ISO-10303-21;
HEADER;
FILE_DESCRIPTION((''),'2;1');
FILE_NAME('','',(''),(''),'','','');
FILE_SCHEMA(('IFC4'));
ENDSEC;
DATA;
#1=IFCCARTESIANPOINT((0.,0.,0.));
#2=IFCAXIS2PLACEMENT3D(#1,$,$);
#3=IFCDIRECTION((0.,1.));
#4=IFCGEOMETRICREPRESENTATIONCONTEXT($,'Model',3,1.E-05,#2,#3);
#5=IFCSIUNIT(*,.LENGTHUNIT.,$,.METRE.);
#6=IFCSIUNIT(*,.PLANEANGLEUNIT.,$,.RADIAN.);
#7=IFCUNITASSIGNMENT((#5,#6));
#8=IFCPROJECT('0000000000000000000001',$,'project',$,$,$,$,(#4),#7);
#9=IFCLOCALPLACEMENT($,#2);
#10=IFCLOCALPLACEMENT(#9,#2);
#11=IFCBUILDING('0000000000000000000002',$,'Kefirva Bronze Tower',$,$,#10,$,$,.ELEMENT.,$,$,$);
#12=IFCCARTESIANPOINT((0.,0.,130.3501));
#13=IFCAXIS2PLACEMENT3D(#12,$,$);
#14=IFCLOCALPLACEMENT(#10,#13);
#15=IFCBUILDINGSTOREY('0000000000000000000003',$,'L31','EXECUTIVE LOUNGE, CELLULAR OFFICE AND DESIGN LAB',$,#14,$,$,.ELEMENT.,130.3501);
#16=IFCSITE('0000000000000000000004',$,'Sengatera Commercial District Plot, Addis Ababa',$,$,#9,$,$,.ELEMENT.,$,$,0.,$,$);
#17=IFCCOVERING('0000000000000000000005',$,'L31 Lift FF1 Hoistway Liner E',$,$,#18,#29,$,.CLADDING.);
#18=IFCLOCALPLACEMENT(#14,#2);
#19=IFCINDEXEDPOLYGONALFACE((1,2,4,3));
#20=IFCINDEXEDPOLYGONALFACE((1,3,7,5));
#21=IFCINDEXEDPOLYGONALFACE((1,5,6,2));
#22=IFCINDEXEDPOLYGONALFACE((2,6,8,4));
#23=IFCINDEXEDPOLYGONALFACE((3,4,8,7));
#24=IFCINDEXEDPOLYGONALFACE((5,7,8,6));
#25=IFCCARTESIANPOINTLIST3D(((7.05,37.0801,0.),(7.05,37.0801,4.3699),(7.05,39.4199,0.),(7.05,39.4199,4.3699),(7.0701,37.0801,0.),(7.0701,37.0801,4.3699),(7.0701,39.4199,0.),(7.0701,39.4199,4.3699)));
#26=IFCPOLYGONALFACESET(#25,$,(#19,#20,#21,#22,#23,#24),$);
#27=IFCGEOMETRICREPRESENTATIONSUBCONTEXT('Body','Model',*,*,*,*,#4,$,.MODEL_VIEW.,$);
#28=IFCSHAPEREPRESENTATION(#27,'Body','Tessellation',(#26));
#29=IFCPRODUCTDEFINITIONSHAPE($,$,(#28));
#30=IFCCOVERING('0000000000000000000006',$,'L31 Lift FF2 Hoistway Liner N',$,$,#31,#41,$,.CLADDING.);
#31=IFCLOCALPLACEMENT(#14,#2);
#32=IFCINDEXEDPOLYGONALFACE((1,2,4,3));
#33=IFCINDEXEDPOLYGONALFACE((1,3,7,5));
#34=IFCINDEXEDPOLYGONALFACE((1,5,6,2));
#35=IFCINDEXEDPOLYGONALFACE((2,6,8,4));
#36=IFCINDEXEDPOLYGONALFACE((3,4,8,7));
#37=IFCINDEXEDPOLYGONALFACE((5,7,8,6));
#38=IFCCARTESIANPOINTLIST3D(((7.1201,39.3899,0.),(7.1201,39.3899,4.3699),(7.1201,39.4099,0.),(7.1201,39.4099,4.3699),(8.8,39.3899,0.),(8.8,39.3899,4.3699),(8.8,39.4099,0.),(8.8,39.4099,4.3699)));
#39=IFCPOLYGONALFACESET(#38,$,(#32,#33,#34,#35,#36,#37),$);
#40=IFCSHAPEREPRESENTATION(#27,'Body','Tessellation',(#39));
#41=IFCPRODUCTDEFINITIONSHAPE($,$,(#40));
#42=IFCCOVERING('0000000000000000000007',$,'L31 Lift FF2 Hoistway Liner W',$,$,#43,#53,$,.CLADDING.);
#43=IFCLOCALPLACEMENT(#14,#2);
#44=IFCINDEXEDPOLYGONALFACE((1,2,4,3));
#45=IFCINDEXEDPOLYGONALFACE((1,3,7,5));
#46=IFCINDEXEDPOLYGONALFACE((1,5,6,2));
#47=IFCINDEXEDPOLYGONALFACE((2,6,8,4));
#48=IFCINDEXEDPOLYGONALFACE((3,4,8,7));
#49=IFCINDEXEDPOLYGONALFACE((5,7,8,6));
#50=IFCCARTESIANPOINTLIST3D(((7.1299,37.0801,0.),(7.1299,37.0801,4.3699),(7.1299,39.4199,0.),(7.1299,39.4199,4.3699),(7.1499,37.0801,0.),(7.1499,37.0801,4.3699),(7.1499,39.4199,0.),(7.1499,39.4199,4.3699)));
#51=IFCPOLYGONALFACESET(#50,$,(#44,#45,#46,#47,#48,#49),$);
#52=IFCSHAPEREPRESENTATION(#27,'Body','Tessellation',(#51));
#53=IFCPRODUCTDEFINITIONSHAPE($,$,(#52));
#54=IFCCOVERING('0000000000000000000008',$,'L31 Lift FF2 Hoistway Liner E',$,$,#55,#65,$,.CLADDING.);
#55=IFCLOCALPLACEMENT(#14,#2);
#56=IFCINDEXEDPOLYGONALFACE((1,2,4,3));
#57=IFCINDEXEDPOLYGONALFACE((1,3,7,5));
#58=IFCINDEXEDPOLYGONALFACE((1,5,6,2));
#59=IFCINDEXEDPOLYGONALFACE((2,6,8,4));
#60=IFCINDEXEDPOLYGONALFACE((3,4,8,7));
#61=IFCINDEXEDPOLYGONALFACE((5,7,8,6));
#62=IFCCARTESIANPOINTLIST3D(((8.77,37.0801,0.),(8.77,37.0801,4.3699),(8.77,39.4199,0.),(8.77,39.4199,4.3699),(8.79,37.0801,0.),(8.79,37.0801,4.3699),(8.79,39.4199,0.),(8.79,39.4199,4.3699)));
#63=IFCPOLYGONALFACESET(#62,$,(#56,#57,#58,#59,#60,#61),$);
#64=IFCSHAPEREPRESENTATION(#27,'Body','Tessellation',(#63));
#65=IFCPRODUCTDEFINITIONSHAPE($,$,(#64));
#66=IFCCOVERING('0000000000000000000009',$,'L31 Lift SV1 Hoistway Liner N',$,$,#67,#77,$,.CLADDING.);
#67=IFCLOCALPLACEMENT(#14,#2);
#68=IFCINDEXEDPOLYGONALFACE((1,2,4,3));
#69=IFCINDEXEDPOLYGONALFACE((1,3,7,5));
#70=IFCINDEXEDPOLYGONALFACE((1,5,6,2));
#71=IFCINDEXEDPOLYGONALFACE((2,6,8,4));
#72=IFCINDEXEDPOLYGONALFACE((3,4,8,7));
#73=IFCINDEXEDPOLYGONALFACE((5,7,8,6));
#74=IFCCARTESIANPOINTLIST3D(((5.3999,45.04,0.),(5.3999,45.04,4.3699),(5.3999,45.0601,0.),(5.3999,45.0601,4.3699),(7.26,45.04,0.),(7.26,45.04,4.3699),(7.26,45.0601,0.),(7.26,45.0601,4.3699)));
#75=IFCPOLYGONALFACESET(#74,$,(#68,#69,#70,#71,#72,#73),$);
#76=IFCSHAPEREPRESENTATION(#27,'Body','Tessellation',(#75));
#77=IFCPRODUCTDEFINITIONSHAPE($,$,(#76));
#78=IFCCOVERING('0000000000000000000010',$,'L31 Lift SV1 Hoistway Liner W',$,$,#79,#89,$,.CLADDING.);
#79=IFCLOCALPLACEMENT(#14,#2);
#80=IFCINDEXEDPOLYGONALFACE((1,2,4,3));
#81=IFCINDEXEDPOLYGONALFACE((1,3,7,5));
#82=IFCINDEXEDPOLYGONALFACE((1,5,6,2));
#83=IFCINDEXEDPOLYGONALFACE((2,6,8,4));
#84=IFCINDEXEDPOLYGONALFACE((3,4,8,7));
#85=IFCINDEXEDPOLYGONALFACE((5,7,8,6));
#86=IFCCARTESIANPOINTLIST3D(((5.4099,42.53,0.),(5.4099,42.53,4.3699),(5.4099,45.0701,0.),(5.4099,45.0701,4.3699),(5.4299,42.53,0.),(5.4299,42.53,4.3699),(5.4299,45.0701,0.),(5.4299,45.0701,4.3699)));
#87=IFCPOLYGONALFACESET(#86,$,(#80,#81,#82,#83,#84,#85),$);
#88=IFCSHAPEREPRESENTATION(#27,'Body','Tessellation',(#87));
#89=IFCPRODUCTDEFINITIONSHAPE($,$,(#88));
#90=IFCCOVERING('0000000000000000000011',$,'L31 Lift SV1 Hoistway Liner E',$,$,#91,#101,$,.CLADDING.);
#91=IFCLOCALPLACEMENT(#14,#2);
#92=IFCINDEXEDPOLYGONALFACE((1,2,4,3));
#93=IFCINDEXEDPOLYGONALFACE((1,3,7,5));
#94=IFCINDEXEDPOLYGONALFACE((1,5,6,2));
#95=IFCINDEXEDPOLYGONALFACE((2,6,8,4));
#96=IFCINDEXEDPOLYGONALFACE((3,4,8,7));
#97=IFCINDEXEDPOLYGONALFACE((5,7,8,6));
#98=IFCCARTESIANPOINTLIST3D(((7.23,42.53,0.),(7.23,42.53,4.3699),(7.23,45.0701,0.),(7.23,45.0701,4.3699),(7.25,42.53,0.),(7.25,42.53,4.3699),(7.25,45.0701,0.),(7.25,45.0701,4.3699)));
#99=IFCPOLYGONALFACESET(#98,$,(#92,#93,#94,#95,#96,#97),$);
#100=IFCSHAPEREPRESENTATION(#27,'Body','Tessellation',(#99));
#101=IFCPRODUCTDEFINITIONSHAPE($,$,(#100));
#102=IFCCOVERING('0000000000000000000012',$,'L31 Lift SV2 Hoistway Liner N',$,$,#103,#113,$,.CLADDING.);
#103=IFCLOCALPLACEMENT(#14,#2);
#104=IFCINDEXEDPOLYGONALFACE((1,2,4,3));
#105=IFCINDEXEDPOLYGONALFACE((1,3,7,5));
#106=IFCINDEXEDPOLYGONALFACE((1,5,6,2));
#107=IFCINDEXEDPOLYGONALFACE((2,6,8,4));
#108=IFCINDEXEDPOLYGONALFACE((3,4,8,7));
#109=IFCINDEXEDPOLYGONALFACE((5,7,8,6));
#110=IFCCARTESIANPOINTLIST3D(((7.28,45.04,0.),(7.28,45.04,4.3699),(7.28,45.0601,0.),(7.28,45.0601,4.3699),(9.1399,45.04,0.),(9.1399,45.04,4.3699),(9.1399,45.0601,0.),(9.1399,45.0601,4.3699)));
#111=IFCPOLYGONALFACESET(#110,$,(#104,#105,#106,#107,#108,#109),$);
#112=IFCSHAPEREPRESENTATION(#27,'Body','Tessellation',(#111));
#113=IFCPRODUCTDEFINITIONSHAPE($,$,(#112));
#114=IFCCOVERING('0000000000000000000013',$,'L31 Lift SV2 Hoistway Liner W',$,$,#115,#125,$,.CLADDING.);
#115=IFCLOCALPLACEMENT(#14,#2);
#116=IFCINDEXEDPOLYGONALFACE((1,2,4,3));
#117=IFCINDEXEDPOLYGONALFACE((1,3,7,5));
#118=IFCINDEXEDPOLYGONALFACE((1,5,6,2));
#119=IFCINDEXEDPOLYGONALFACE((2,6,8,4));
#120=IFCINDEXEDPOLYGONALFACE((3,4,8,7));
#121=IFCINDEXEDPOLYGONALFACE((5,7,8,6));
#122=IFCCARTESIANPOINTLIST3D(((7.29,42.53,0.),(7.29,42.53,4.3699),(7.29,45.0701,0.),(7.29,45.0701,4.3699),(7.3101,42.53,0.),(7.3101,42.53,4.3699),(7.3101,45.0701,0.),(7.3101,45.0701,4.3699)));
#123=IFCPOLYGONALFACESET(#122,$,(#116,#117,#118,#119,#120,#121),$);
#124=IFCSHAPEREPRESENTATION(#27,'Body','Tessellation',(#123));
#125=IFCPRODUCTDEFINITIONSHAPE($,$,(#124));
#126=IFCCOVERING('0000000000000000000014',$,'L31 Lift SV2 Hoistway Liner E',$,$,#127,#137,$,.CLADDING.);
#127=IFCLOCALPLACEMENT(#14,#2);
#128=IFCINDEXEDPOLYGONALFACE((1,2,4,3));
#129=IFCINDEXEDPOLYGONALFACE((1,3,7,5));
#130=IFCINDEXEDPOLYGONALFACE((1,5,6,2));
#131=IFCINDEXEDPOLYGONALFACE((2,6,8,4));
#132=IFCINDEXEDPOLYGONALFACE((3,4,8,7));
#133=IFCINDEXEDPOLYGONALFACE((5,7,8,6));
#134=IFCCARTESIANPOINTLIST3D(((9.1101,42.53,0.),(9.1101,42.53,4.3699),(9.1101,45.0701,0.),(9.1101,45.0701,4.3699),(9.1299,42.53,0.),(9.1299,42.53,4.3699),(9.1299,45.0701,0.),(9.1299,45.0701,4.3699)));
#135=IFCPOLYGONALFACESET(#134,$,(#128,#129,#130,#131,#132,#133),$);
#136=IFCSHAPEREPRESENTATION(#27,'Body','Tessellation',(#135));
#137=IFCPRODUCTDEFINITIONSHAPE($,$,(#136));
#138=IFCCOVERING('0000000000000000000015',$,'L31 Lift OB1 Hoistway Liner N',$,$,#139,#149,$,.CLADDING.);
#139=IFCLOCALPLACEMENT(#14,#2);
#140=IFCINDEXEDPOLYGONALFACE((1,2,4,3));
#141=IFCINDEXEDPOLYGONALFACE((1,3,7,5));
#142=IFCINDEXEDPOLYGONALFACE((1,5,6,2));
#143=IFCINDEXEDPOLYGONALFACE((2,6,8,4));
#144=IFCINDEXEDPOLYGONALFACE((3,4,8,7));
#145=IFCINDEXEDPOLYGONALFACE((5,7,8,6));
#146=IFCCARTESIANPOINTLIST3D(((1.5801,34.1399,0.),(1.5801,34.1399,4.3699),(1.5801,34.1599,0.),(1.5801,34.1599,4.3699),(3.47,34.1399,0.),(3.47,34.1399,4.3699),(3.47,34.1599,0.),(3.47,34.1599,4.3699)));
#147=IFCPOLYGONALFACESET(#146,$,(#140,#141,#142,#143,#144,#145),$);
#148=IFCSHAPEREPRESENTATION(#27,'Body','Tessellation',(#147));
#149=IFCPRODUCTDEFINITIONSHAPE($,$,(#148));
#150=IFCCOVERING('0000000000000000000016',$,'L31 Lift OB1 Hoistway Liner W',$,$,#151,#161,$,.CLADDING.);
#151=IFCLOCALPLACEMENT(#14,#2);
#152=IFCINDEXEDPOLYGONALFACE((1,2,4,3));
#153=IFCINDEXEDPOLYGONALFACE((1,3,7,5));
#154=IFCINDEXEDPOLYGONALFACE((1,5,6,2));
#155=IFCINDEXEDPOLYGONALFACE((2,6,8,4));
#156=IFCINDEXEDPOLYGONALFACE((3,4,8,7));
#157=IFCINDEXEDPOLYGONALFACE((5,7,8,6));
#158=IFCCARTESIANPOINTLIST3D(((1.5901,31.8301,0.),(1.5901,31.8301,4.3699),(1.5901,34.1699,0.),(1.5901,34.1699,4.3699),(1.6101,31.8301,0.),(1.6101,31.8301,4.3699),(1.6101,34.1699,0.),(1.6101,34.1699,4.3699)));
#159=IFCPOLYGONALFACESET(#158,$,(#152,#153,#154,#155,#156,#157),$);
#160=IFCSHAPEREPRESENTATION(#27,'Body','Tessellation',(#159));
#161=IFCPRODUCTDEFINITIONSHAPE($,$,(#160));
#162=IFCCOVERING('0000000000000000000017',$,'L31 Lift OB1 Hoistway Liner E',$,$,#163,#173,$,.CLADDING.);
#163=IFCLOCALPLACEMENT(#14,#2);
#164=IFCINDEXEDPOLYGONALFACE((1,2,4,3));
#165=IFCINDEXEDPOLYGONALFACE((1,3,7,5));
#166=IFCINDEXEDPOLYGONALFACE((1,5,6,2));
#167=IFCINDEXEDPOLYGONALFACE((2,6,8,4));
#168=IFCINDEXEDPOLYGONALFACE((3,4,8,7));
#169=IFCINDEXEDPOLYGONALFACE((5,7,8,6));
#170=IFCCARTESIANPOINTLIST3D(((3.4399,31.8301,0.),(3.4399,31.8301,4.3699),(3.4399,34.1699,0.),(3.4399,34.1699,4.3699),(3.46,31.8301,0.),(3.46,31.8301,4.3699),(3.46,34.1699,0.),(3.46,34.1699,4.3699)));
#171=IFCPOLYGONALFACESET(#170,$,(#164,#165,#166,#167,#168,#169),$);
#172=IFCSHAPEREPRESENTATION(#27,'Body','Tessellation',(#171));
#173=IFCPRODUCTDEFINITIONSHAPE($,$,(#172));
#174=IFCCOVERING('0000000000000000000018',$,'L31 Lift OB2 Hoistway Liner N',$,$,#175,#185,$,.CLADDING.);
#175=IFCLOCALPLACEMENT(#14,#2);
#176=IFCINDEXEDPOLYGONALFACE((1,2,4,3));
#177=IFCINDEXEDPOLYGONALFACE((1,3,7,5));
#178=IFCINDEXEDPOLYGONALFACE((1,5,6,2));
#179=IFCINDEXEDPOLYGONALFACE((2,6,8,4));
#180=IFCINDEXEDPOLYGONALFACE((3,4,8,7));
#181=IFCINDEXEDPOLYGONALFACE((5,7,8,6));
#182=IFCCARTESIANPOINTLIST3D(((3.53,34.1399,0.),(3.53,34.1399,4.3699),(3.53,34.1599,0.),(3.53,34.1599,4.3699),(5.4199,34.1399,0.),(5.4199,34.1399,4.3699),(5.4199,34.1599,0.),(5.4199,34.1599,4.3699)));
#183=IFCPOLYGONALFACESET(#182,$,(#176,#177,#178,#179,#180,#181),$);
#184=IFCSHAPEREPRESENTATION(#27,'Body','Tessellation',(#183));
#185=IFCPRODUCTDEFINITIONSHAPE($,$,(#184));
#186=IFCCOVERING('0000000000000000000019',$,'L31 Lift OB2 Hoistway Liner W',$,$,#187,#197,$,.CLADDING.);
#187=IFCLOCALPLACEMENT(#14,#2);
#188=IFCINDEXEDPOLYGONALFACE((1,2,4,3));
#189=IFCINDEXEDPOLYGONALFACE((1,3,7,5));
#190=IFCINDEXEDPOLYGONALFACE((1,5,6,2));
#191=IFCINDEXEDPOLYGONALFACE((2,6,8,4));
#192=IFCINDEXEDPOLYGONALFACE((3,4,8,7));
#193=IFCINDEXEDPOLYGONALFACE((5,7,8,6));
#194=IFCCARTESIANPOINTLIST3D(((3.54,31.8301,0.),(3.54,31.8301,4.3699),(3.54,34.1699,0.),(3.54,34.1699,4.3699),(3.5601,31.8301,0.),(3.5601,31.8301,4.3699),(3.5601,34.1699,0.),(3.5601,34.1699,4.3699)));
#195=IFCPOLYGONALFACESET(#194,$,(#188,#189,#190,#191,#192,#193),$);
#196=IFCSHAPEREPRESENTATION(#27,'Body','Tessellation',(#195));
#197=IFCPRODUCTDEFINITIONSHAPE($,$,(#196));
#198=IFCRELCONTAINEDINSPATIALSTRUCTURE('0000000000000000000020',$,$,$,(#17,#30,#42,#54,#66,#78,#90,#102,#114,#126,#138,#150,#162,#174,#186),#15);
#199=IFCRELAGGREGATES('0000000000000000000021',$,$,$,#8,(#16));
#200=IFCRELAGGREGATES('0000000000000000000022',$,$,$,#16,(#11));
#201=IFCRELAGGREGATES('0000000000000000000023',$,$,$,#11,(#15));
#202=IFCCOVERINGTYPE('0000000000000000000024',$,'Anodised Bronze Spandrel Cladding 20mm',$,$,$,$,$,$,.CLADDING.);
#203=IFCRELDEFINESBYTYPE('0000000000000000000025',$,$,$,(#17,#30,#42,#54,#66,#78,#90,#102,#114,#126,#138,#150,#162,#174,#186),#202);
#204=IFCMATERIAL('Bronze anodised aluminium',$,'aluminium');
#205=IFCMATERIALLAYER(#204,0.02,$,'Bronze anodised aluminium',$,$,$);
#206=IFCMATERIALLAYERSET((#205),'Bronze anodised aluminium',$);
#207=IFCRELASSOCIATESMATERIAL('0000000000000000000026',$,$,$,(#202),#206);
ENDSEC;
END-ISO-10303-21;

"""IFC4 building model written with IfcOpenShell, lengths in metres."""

from ifc_helpers import new_model, si_unit, direction, frame, origin, place, context, subcontext, project, spatial, polyline, outline, extrude, material, layer, layer_set, type_object, element, save


model = new_model("IFC4")

# Units and contexts
model_context = context("Model", 3, precision=1e-05, world=origin(), true_north=direction((0.0, 1.0)))
body_context = subcontext(model_context, "Body", "Model", "MODEL_VIEW")
ifc_project = project(units=[si_unit("LENGTHUNIT", "METRE"), si_unit("PLANEANGLEUNIT", "RADIAN")], contexts=[model_context])

# Site, building, storey
site_placement = place(None, origin())
site = spatial("IfcSite", under=ifc_project, at=site_placement, Name="Sengatera Commercial District Plot, Addis Ababa", CompositionType="ELEMENT", RefElevation=0.0)
building_placement = place(site_placement, origin())
building = spatial("IfcBuilding", under=site, at=building_placement, Name="Kefirva Bronze Tower", CompositionType="ELEMENT")
storey_placement = place(building_placement, frame((0.0, 0.0, 130.3501)))
storey = spatial("IfcBuildingStorey", under=building, at=storey_placement, Name="L31", Description="EXECUTIVE LOUNGE, CELLULAR OFFICE AND DESIGN LAB", CompositionType="ELEMENT", Elevation=130.3501)

# Coverings
ifc_material_1 = material(Name="Bronze anodised aluminium", Category="aluminium")
ifc_layer_1 = layer(ifc_material_1, 0.02, Name="Bronze anodised aluminium")
ifc_layer_set_1 = layer_set([ifc_layer_1], Name="Bronze anodised aluminium")
covering_type = type_object("IfcCoveringType", Name="Anodised Bronze Spandrel Cladding 20mm", PredefinedType="CLADDING", material=ifc_layer_set_1)
covering_1_placement = place(storey_placement, origin())
element("IfcCovering", 1, at=covering_1_placement, inside=storey, type_object=covering_type, Name="L31 Lift FF1 Hoistway Liner E", PredefinedType="CLADDING", context=body_context, shape_type="SweptSolid", body=[
    extrude(outline(polyline([(7.05, 37.0801), (7.0701, 37.0801), (7.0701, 39.4199), (7.05, 39.4199), (7.05, 37.0801)])), origin(), (0.0, 0.0, 1.0), 4.3699),
])
covering_2_placement = place(storey_placement, origin())
element("IfcCovering", 2, at=covering_2_placement, inside=storey, type_object=covering_type, Name="L31 Lift FF2 Hoistway Liner N", PredefinedType="CLADDING", context=body_context, shape_type="SweptSolid", body=[
    extrude(outline(polyline([(7.1201, 39.3899), (8.8, 39.3899), (8.8, 39.4099), (7.1201, 39.4099), (7.1201, 39.3899)])), origin(), (0.0, 0.0, 1.0), 4.3699),
])
covering_3_placement = place(storey_placement, origin())
element("IfcCovering", 3, at=covering_3_placement, inside=storey, type_object=covering_type, Name="L31 Lift FF2 Hoistway Liner W", PredefinedType="CLADDING", context=body_context, shape_type="SweptSolid", body=[
    extrude(outline(polyline([(7.1299, 37.0801), (7.1499, 37.0801), (7.1499, 39.4199), (7.1299, 39.4199), (7.1299, 37.0801)])), origin(), (0.0, 0.0, 1.0), 4.3699),
])
covering_4_placement = place(storey_placement, origin())
element("IfcCovering", 4, at=covering_4_placement, inside=storey, type_object=covering_type, Name="L31 Lift FF2 Hoistway Liner E", PredefinedType="CLADDING", context=body_context, shape_type="SweptSolid", body=[
    extrude(outline(polyline([(8.77, 37.0801), (8.79, 37.0801), (8.79, 39.4199), (8.77, 39.4199), (8.77, 37.0801)])), origin(), (0.0, 0.0, 1.0), 4.3699),
])
covering_5_placement = place(storey_placement, origin())
element("IfcCovering", 5, at=covering_5_placement, inside=storey, type_object=covering_type, Name="L31 Lift SV1 Hoistway Liner N", PredefinedType="CLADDING", context=body_context, shape_type="SweptSolid", body=[
    extrude(outline(polyline([(5.3999, 45.04), (7.26, 45.04), (7.26, 45.0601), (5.3999, 45.0601), (5.3999, 45.04)])), origin(), (0.0, 0.0, 1.0), 4.3699),
])
covering_6_placement = place(storey_placement, origin())
element("IfcCovering", 6, at=covering_6_placement, inside=storey, type_object=covering_type, Name="L31 Lift SV1 Hoistway Liner W", PredefinedType="CLADDING", context=body_context, shape_type="SweptSolid", body=[
    extrude(outline(polyline([(5.4099, 42.53), (5.4299, 42.53), (5.4299, 45.0701), (5.4099, 45.0701), (5.4099, 42.53)])), origin(), (0.0, 0.0, 1.0), 4.3699),
])
covering_7_placement = place(storey_placement, origin())
element("IfcCovering", 7, at=covering_7_placement, inside=storey, type_object=covering_type, Name="L31 Lift SV1 Hoistway Liner E", PredefinedType="CLADDING", context=body_context, shape_type="SweptSolid", body=[
    extrude(outline(polyline([(7.23, 42.53), (7.25, 42.53), (7.25, 45.0701), (7.23, 45.0701), (7.23, 42.53)])), origin(), (0.0, 0.0, 1.0), 4.3699),
])
covering_8_placement = place(storey_placement, origin())
element("IfcCovering", 8, at=covering_8_placement, inside=storey, type_object=covering_type, Name="L31 Lift SV2 Hoistway Liner N", PredefinedType="CLADDING", context=body_context, shape_type="SweptSolid", body=[
    extrude(outline(polyline([(7.28, 45.04), (9.1399, 45.04), (9.1399, 45.0601), (7.28, 45.0601), (7.28, 45.04)])), origin(), (0.0, 0.0, 1.0), 4.3699),
])
covering_9_placement = place(storey_placement, origin())
element("IfcCovering", 9, at=covering_9_placement, inside=storey, type_object=covering_type, Name="L31 Lift SV2 Hoistway Liner W", PredefinedType="CLADDING", context=body_context, shape_type="SweptSolid", body=[
    extrude(outline(polyline([(7.29, 42.53), (7.3101, 42.53), (7.3101, 45.0701), (7.29, 45.0701), (7.29, 42.53)])), origin(), (0.0, 0.0, 1.0), 4.3699),
])
covering_10_placement = place(storey_placement, origin())
element("IfcCovering", 10, at=covering_10_placement, inside=storey, type_object=covering_type, Name="L31 Lift SV2 Hoistway Liner E", PredefinedType="CLADDING", context=body_context, shape_type="SweptSolid", body=[
    extrude(outline(polyline([(9.1101, 42.53), (9.1299, 42.53), (9.1299, 45.0701), (9.1101, 45.0701), (9.1101, 42.53)])), origin(), (0.0, 0.0, 1.0), 4.3699),
])
covering_11_placement = place(storey_placement, origin())
element("IfcCovering", 11, at=covering_11_placement, inside=storey, type_object=covering_type, Name="L31 Lift OB1 Hoistway Liner N", PredefinedType="CLADDING", context=body_context, shape_type="SweptSolid", body=[
    extrude(outline(polyline([(1.5801, 34.1399), (3.47, 34.1399), (3.47, 34.1599), (1.5801, 34.1599), (1.5801, 34.1399)])), origin(), (0.0, 0.0, 1.0), 4.3699),
])
covering_12_placement = place(storey_placement, origin())
element("IfcCovering", 12, at=covering_12_placement, inside=storey, type_object=covering_type, Name="L31 Lift OB1 Hoistway Liner W", PredefinedType="CLADDING", context=body_context, shape_type="SweptSolid", body=[
    extrude(outline(polyline([(1.5901, 31.8301), (1.6101, 31.8301), (1.6101, 34.1699), (1.5901, 34.1699), (1.5901, 31.8301)])), origin(), (0.0, 0.0, 1.0), 4.3699),
])
covering_13_placement = place(storey_placement, origin())
element("IfcCovering", 13, at=covering_13_placement, inside=storey, type_object=covering_type, Name="L31 Lift OB1 Hoistway Liner E", PredefinedType="CLADDING", context=body_context, shape_type="SweptSolid", body=[
    extrude(outline(polyline([(3.4399, 31.8301), (3.46, 31.8301), (3.46, 34.1699), (3.4399, 34.1699), (3.4399, 31.8301)])), origin(), (0.0, 0.0, 1.0), 4.3699),
])
covering_14_placement = place(storey_placement, origin())
element("IfcCovering", 14, at=covering_14_placement, inside=storey, type_object=covering_type, Name="L31 Lift OB2 Hoistway Liner N", PredefinedType="CLADDING", context=body_context, shape_type="SweptSolid", body=[
    extrude(outline(polyline([(3.53, 34.1399), (5.4199, 34.1399), (5.4199, 34.1599), (3.53, 34.1599), (3.53, 34.1399)])), origin(), (0.0, 0.0, 1.0), 4.3699),
])
covering_15_placement = place(storey_placement, origin())
element("IfcCovering", 15, at=covering_15_placement, inside=storey, type_object=covering_type, Name="L31 Lift OB2 Hoistway Liner W", PredefinedType="CLADDING", context=body_context, shape_type="SweptSolid", body=[
    extrude(outline(polyline([(3.54, 31.8301), (3.5601, 31.8301), (3.5601, 34.1699), (3.54, 34.1699), (3.54, 31.8301)])), origin(), (0.0, 0.0, 1.0), 4.3699),
])

save(model, "model.ifc")
